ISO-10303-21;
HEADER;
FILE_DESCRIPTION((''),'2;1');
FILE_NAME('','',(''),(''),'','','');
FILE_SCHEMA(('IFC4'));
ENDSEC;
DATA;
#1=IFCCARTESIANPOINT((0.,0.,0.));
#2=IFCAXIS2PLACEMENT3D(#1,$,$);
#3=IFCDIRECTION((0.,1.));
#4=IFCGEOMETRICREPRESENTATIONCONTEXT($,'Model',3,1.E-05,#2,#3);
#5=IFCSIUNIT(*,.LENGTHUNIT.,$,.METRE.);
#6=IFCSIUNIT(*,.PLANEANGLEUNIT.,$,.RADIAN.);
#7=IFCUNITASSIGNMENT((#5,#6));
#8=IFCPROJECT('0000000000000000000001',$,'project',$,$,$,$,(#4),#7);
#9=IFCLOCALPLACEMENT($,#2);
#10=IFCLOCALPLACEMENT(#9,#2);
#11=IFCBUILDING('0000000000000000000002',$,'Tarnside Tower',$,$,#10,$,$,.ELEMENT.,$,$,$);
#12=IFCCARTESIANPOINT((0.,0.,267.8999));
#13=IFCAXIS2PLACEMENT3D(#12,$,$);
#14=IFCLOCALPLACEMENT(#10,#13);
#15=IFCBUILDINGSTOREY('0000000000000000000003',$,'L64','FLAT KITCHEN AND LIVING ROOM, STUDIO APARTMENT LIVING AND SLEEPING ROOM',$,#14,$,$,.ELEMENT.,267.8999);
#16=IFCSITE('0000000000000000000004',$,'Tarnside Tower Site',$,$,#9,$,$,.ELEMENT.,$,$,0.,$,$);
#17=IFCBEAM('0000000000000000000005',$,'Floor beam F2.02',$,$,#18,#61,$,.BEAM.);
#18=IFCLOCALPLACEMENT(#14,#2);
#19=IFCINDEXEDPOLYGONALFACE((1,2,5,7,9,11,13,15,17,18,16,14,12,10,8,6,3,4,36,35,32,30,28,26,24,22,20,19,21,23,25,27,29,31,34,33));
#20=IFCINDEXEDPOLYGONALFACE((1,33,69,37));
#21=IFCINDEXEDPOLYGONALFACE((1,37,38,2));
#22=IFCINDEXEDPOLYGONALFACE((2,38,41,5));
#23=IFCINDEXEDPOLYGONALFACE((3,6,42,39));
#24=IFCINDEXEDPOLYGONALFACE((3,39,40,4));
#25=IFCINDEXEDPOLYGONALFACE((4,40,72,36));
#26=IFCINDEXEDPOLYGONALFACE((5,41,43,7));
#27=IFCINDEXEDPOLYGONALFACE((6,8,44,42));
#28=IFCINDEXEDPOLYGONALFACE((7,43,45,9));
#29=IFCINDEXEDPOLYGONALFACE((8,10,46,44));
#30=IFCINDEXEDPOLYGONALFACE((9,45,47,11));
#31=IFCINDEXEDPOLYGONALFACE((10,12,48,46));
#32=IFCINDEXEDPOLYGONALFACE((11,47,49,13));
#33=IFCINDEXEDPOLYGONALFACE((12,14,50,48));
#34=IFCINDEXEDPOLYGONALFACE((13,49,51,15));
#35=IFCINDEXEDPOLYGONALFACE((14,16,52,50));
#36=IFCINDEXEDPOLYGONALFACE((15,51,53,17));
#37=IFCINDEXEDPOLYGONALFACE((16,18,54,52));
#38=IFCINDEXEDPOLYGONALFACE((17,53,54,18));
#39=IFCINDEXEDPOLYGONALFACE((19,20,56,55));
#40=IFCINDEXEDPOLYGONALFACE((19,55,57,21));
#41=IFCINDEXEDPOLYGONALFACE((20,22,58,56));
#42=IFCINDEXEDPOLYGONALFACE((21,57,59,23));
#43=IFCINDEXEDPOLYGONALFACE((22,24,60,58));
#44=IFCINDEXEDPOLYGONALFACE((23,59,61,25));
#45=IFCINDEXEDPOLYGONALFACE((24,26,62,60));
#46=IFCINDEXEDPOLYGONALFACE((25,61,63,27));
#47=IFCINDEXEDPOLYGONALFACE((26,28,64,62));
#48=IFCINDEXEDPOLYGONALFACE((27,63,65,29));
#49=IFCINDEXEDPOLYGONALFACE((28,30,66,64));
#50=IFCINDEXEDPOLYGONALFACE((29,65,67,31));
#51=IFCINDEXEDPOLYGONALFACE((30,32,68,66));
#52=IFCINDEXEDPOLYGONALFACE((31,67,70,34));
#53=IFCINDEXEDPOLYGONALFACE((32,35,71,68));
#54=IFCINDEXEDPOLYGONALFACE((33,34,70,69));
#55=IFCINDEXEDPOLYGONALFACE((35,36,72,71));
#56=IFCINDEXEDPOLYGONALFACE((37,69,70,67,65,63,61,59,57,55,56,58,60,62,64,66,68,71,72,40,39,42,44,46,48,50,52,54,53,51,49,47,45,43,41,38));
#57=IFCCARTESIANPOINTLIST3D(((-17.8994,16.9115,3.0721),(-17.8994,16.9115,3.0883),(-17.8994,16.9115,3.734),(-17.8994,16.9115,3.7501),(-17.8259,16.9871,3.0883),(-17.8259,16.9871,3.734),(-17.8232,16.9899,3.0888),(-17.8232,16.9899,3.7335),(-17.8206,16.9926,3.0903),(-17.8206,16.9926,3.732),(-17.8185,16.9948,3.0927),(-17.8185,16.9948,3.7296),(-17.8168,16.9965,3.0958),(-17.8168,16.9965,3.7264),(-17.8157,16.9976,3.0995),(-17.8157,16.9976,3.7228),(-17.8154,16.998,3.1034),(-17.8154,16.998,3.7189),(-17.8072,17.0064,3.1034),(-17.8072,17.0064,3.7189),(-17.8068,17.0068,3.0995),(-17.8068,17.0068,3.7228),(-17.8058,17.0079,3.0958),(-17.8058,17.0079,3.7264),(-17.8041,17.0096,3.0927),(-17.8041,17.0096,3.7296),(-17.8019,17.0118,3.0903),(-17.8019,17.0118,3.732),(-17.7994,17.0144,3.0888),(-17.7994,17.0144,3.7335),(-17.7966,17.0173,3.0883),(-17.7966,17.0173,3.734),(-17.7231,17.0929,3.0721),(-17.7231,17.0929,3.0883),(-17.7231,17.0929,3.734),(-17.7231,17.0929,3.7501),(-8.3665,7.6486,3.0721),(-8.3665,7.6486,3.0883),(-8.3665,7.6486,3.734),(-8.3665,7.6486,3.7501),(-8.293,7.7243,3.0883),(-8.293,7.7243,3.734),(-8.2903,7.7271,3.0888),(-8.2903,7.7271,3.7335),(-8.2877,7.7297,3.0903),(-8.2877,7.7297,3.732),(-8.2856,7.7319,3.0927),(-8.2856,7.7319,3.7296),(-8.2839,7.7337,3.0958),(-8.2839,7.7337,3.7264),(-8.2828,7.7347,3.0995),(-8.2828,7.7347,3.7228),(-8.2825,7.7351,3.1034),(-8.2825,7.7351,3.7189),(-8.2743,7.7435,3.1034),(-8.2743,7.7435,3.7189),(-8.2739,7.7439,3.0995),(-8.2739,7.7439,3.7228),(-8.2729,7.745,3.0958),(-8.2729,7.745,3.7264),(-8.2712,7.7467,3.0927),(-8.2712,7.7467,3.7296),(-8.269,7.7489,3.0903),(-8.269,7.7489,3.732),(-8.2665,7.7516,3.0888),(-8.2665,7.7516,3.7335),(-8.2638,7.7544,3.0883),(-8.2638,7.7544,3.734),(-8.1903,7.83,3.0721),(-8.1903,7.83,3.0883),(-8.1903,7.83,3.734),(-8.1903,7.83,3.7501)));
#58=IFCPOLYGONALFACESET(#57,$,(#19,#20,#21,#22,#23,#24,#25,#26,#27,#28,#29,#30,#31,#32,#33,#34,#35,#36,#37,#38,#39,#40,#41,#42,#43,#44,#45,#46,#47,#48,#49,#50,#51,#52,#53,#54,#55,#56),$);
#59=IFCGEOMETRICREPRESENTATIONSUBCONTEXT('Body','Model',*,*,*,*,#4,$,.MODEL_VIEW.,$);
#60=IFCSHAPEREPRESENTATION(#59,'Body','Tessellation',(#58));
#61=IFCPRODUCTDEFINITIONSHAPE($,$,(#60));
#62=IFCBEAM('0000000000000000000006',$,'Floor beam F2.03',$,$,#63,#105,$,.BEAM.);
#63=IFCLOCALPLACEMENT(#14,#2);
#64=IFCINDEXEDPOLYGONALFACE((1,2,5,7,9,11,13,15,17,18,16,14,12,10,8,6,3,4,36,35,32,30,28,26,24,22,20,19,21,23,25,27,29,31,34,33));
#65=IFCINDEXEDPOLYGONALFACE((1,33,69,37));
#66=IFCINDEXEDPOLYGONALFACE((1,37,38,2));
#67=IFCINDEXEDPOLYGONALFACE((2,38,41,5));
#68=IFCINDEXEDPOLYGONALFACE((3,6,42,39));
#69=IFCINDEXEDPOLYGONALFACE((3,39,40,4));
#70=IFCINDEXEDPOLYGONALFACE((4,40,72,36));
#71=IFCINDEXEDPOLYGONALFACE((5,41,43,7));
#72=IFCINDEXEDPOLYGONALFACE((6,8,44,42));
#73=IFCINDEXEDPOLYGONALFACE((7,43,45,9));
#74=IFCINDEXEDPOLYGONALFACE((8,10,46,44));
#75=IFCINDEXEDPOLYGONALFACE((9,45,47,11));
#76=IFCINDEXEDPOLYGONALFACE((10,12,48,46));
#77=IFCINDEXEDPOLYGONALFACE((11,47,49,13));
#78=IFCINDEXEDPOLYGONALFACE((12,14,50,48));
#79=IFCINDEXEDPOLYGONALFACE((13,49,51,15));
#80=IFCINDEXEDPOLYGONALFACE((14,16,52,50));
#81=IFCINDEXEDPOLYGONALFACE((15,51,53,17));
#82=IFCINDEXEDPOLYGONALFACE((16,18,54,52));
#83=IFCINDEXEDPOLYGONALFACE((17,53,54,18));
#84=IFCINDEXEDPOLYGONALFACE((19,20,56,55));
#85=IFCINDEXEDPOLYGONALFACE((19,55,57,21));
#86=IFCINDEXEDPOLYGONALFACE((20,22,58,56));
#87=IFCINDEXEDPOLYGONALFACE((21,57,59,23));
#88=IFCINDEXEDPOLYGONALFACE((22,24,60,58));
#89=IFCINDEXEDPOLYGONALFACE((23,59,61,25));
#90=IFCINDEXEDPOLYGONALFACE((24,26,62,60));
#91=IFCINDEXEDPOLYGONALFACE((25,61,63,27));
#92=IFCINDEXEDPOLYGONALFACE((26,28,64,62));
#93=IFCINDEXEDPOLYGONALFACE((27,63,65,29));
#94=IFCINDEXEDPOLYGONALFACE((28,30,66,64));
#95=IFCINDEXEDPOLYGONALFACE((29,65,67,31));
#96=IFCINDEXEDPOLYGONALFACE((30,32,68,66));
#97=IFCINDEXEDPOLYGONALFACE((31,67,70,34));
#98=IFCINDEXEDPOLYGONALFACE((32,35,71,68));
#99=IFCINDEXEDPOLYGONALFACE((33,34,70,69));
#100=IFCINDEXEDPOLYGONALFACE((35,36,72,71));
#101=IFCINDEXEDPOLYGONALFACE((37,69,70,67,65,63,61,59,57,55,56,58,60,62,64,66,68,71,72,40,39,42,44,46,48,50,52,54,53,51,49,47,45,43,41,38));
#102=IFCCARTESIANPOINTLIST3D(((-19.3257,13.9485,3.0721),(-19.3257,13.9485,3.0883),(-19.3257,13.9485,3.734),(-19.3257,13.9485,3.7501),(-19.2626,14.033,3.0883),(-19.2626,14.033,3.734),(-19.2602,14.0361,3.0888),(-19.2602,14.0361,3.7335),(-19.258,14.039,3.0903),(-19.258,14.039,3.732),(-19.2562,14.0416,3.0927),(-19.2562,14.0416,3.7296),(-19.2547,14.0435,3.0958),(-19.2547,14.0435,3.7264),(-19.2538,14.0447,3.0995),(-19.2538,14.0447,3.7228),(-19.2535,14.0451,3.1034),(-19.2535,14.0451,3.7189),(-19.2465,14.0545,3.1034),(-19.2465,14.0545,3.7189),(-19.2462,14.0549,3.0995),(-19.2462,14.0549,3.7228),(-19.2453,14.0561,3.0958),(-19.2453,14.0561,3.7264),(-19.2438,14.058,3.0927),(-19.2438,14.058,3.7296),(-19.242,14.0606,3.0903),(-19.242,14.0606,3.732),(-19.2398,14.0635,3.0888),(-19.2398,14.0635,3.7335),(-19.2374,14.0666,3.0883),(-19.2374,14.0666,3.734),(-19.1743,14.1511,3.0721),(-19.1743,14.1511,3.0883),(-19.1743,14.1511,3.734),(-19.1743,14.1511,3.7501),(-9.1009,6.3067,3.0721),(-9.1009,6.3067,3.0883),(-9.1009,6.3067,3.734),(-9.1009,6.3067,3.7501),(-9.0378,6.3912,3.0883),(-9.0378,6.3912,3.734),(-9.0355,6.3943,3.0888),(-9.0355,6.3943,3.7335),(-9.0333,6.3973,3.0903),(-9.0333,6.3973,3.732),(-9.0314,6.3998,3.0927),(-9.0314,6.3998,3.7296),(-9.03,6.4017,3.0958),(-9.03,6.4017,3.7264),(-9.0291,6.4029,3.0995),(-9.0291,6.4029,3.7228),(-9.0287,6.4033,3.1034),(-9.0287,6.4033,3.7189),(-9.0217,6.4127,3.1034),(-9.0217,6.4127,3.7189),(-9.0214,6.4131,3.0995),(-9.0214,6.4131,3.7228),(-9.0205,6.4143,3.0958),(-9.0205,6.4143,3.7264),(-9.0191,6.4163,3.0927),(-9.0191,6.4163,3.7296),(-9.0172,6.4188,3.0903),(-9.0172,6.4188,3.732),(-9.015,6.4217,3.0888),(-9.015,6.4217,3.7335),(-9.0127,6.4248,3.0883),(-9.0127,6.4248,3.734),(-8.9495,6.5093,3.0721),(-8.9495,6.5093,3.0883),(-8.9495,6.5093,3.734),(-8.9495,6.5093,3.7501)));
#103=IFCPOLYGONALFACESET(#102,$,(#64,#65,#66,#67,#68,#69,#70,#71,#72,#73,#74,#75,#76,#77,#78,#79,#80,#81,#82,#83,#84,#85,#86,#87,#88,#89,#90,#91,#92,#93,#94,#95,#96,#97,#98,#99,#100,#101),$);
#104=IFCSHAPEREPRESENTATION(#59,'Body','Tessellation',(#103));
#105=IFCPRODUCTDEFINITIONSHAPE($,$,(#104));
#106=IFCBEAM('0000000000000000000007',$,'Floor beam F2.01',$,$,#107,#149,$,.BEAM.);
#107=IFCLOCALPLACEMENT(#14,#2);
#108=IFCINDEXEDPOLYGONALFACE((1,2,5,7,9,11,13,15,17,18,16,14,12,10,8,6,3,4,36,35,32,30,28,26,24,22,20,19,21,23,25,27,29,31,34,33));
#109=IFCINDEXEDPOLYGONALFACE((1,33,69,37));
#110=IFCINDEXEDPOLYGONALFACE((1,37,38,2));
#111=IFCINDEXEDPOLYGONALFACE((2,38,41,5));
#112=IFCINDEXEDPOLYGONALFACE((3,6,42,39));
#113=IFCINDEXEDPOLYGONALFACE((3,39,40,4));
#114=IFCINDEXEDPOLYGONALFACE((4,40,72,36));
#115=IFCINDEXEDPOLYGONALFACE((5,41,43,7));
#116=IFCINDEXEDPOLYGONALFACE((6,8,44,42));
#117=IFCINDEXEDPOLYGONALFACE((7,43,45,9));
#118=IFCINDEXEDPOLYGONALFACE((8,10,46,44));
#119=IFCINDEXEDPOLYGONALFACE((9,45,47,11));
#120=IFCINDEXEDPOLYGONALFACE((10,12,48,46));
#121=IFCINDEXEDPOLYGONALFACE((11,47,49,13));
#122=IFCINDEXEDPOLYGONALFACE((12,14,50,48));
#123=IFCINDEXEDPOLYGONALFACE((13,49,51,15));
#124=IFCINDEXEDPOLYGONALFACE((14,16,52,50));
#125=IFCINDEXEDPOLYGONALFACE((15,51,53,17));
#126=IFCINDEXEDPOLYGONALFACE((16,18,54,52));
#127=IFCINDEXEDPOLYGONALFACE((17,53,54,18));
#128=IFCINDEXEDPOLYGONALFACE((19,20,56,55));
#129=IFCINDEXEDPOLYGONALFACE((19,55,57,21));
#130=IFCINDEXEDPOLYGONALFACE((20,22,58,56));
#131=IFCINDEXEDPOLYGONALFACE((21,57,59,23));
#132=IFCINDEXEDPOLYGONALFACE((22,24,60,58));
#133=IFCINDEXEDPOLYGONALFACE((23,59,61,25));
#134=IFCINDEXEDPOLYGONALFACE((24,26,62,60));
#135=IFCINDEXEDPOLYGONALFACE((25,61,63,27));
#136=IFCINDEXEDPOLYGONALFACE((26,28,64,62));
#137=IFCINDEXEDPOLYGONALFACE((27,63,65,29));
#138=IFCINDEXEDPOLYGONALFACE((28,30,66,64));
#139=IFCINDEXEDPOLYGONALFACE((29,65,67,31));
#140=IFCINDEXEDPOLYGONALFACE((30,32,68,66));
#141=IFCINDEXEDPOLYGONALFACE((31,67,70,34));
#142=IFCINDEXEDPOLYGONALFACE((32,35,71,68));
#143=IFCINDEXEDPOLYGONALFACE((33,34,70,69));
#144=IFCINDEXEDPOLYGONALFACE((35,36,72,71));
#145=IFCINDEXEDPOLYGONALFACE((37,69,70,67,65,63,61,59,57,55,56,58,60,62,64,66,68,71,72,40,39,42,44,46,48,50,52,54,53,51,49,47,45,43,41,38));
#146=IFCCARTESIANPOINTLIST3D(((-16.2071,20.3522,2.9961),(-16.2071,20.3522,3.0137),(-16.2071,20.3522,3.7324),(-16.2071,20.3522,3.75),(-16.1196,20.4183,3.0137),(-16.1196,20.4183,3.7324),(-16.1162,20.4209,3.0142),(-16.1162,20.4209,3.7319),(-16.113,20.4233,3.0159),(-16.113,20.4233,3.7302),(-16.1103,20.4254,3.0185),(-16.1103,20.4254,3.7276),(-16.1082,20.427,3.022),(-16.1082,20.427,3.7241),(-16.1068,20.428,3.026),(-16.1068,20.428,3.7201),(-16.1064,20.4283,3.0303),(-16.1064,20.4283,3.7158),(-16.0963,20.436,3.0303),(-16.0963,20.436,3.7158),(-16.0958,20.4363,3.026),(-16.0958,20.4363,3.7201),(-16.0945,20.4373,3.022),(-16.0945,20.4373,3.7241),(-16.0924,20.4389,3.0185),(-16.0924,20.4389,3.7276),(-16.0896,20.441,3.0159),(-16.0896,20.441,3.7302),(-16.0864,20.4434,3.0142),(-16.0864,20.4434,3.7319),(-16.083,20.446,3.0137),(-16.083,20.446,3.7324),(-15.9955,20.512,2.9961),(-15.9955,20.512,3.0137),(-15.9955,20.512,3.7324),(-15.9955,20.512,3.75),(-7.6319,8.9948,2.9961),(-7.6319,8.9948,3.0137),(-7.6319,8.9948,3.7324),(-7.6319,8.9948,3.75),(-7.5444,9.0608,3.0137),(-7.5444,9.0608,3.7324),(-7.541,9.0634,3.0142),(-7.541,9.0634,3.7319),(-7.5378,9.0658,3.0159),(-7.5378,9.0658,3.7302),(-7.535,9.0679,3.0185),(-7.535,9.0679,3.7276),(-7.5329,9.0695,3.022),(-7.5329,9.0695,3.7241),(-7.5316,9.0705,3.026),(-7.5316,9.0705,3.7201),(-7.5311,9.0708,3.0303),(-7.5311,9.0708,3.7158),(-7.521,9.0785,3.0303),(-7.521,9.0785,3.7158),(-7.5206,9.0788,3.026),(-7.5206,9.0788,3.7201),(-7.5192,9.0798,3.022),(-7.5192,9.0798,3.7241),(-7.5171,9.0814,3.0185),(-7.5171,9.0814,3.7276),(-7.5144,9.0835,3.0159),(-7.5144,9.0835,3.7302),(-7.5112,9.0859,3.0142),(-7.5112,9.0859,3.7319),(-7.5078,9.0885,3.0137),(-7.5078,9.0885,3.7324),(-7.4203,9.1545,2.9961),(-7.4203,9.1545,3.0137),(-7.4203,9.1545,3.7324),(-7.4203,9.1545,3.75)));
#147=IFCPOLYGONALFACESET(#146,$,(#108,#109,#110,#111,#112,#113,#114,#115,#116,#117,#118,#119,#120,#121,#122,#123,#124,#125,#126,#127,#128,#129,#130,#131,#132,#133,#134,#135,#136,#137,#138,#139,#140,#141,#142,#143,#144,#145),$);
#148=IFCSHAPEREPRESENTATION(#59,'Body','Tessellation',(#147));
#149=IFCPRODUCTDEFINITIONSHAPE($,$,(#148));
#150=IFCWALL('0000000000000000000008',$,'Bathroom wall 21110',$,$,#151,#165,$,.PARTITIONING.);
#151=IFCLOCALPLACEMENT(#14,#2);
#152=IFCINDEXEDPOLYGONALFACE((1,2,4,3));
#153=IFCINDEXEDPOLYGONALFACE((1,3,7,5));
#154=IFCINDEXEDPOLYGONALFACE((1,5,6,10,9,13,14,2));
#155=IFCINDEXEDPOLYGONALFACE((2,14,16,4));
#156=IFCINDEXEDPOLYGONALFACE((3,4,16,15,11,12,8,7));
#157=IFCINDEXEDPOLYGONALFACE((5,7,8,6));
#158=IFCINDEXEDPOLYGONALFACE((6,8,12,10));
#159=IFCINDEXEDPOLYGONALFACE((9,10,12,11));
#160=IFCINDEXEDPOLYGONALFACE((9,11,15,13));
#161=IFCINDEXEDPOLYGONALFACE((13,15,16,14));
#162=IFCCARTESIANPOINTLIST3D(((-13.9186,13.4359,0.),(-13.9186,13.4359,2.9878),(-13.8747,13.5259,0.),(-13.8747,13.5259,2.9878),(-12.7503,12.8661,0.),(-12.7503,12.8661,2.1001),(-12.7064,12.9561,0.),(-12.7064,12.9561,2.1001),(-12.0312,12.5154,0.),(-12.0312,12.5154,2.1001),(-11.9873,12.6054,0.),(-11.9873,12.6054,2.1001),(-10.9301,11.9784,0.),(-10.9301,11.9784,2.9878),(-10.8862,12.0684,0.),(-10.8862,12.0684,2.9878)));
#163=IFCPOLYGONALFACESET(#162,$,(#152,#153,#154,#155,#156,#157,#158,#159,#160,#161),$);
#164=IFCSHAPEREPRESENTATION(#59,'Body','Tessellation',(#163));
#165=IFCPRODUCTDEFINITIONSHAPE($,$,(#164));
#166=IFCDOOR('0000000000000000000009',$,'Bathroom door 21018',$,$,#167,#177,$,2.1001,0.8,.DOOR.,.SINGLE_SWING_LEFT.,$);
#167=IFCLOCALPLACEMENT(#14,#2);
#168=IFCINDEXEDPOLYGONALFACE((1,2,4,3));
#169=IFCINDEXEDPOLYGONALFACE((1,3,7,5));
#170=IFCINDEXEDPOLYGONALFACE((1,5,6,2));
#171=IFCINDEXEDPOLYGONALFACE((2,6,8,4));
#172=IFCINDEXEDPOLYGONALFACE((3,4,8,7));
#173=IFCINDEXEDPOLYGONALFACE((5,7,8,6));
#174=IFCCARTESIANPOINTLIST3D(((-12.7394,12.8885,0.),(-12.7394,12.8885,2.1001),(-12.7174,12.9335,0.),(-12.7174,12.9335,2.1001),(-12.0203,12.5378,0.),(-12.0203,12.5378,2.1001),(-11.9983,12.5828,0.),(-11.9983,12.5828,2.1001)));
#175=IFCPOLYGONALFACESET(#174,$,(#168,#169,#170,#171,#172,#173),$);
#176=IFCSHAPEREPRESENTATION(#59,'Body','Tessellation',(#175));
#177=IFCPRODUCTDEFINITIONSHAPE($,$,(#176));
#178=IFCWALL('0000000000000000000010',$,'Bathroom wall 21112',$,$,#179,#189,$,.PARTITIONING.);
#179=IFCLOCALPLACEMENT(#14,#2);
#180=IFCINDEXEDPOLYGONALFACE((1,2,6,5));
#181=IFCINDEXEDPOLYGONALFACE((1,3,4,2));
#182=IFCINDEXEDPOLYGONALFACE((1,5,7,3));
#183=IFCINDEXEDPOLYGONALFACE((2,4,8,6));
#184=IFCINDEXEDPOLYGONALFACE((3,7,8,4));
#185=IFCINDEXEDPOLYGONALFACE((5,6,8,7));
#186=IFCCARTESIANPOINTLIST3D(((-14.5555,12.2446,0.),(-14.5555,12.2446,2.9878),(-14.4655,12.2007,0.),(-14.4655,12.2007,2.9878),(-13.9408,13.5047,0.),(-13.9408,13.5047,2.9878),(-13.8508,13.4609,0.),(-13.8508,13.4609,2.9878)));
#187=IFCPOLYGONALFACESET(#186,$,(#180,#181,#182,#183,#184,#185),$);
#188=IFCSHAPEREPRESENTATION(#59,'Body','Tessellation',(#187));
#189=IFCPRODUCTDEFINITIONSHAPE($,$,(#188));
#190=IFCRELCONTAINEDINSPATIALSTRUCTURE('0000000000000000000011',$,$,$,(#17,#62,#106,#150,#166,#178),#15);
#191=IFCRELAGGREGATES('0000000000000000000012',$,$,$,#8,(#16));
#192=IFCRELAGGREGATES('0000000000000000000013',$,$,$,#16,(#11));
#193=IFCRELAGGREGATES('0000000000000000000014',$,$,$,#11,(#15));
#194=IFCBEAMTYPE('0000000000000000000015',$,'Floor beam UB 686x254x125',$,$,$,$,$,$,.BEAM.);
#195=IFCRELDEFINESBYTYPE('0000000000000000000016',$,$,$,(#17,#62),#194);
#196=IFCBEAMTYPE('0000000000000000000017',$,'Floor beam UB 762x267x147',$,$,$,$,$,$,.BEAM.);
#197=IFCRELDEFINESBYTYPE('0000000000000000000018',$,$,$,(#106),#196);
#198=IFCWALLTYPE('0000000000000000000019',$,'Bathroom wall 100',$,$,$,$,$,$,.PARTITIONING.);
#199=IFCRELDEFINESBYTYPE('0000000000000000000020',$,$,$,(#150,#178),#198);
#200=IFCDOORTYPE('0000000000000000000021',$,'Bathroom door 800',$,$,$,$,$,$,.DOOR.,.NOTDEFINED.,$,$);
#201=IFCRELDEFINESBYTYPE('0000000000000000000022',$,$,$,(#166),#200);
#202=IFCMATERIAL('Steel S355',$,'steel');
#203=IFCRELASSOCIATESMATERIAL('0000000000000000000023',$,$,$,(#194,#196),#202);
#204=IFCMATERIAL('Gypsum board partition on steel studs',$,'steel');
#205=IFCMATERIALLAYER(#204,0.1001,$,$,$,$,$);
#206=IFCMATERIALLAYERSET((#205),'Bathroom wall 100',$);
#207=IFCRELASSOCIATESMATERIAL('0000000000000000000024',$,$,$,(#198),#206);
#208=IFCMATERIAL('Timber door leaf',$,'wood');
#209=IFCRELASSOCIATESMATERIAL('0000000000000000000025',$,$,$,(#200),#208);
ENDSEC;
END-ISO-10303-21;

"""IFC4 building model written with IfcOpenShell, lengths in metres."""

from ifc_helpers import new_model, si_unit, direction, frame, frame_2d, origin, origin_2d, place, context, subcontext, project, spatial, rectangle, i_section, extrude, material, layer, layer_set, material_profile, profile_set, type_object, element, fill, save


model = new_model("IFC4")

# Units and contexts
model_context = context("Model", 3, precision=1e-05, world=origin(), true_north=direction((0.0, 1.0)))
body_context = subcontext(model_context, "Body", "Model", "MODEL_VIEW")
ifc_project = project(units=[si_unit("LENGTHUNIT", "METRE"), si_unit("PLANEANGLEUNIT", "RADIAN")], contexts=[model_context])

# Site, building, storey
site_placement = place(None, origin())
site = spatial("IfcSite", under=ifc_project, at=site_placement, Name="Tarnside Tower Site", CompositionType="ELEMENT", RefElevation=0.0)
building_placement = place(site_placement, origin())
building = spatial("IfcBuilding", under=site, at=building_placement, Name="Tarnside Tower", CompositionType="ELEMENT")
storey_placement = place(building_placement, frame((0.0, 0.0, 267.8999)))
storey = spatial("IfcBuildingStorey", under=building, at=storey_placement, Name="L64", Description="FLAT KITCHEN AND LIVING ROOM, STUDIO APARTMENT LIVING AND SLEEPING ROOM", CompositionType="ELEMENT", Elevation=267.8999)

# Beams
ifc_material_1 = material(Name="Steel S355", Category="steel")
ifc_material_profile_1 = material_profile(ifc_material_1, i_section(OverallWidth=0.2529, OverallDepth=0.678, WebThickness=0.0117, FlangeThickness=0.0161, FilletRadius=0.0151, at=origin_2d()), Name="UB 686x254x125")
ifc_profile_set_1 = profile_set([ifc_material_profile_1], Name="Steel S355")
beam_type_1 = type_object("IfcBeamType", Name="Floor beam UB 686x254x125", PredefinedType="BEAM", material=ifc_profile_set_1)
beam_1_placement = place(storey_placement, frame((-17.8113, 17.0022, 3.4111), z_axis=(0.717191, -0.696877, 0.0), x_axis=(0.696877, 0.717191, 0.0)))
element("IfcBeam", 1, at=beam_1_placement, inside=storey, type_object=beam_type_1, Name="Floor beam F2.02", PredefinedType="BEAM", context=body_context, shape_type="SweptSolid", body=[
    extrude(i_section(OverallWidth=0.2529, OverallDepth=0.678, WebThickness=0.0117, FlangeThickness=0.0161, FilletRadius=0.0151, at=origin_2d()), origin(), (0.0, 0.0, 1.0), 13.292),
])
beam_2_placement = place(storey_placement, frame((-19.25, 14.0498, 3.4111), z_axis=(0.801006, -0.598656, 0.0), x_axis=(0.598656, 0.801006, 0.0)))
element("IfcBeam", 2, at=beam_2_placement, inside=storey, type_object=beam_type_1, Name="Floor beam F2.03", PredefinedType="BEAM", context=body_context, shape_type="SweptSolid", body=[
    extrude(i_section(OverallWidth=0.2529, OverallDepth=0.678, WebThickness=0.0117, FlangeThickness=0.0161, FilletRadius=0.0151, at=origin_2d()), origin(), (0.0, 0.0, 1.0), 12.7649),
])
ifc_material_profile_2 = material_profile(ifc_material_1, i_section(OverallWidth=0.2651, OverallDepth=0.7539, WebThickness=0.0127, FlangeThickness=0.0176, FilletRadius=0.0166, at=origin_2d()), Name="UB 762x267x147")
ifc_profile_set_2 = profile_set([ifc_material_profile_2], Name="Steel S355")
beam_type_2 = type_object("IfcBeamType", Name="Floor beam UB 762x267x147", PredefinedType="BEAM", material=ifc_profile_set_2)
beam_3_placement = place(storey_placement, frame((-16.1013, 20.4321, 3.373), z_axis=(0.602566, -0.798069, 0.0), x_axis=(0.798069, 0.602566, 0.0)))
element("IfcBeam", 3, at=beam_3_placement, inside=storey, type_object=beam_type_2, Name="Floor beam F2.01", PredefinedType="BEAM", context=body_context, shape_type="SweptSolid", body=[
    extrude(i_section(OverallWidth=0.2651, OverallDepth=0.7539, WebThickness=0.0127, FlangeThickness=0.0176, FilletRadius=0.0166, at=origin_2d()), origin(), (0.0, 0.0, 1.0), 14.2312),
])

# Wall, opening, door
ifc_material_2 = material(Name="Gypsum board partition on steel studs", Category="steel")
ifc_layer_1 = layer(ifc_material_2, 0.1001)
ifc_layer_set_1 = layer_set([ifc_layer_1], Name="Bathroom wall 100")
wall_type_1 = type_object("IfcWallType", Name="Bathroom wall 100", PredefinedType="PARTITIONING", material=ifc_layer_set_1)
wall_1_placement = place(storey_placement, frame((-13.8967, 13.481, 0.0), z_axis=(0.0, 0.0, 1.0), x_axis=(0.898804, -0.438351, 0.0)))
wall_1 = element("IfcWall", 4, at=wall_1_placement, inside=storey, type_object=wall_type_1, Name="Bathroom wall 21110", PredefinedType="PARTITIONING", context=body_context, shape_type="SweptSolid", body=[
    extrude(rectangle(XDim=3.325, YDim=0.1001, at=frame_2d((1.6626, 0.0))), origin(), (0.0, 0.0, 1.0), 2.9878),
])
opening_1_placement = place(wall_1_placement, frame((1.3, 0.0, 0.0)))
opening_1 = element("IfcOpeningElement", 5, at=opening_1_placement, cuts=wall_1, PredefinedType="OPENING", context=body_context, shape_type="SweptSolid", body=[
    extrude(rectangle(XDim=0.8, YDim=2.1001, at=frame_2d((0.3999, 1.05))), frame((0.0, 0.0601, 0.0), z_axis=(0.0, -1.0, 0.0), x_axis=(1.0, 0.0, 0.0)), (0.0, 0.0, 1.0), 0.1201),
])
ifc_material_3 = material(Name="Timber door leaf", Category="wood")
door_type_1 = type_object("IfcDoorType", Name="Bathroom door 800", OperationType="NOTDEFINED", PredefinedType="DOOR", material=ifc_material_3)
door_1_placement = place(opening_1_placement, origin())
door_1 = element("IfcDoor", 6, at=door_1_placement, inside=storey, type_object=door_type_1, Name="Bathroom door 21018", OperationType="SINGLE_SWING_LEFT", OverallHeight=2.1001, OverallWidth=0.8, PredefinedType="DOOR", context=body_context, shape_type="SweptSolid", body=[
    extrude(rectangle(XDim=0.8, YDim=2.1001, at=frame_2d((0.3999, 1.05))), frame((0.0, 0.0249, 0.0), z_axis=(0.0, -1.0, 0.0), x_axis=(1.0, 0.0, 0.0)), (0.0, 0.0, 1.0), 0.05),
])
fill(opening_1, door_1)

# Wall
wall_2_placement = place(storey_placement, frame((-13.8958, 13.4829, 0.0), z_axis=(0.0, 0.0, 1.0), x_axis=(-0.438417, -0.898772, 0.0)))
element("IfcWall", 7, at=wall_2_placement, inside=storey, type_object=wall_type_1, Name="Bathroom wall 21112", PredefinedType="PARTITIONING", context=body_context, shape_type="SweptSolid", body=[
    extrude(rectangle(XDim=1.4021, YDim=0.1001, at=frame_2d((0.7012, 0.0))), origin(), (0.0, 0.0, 1.0), 2.9878),
])

save(model, "model.ifc")
